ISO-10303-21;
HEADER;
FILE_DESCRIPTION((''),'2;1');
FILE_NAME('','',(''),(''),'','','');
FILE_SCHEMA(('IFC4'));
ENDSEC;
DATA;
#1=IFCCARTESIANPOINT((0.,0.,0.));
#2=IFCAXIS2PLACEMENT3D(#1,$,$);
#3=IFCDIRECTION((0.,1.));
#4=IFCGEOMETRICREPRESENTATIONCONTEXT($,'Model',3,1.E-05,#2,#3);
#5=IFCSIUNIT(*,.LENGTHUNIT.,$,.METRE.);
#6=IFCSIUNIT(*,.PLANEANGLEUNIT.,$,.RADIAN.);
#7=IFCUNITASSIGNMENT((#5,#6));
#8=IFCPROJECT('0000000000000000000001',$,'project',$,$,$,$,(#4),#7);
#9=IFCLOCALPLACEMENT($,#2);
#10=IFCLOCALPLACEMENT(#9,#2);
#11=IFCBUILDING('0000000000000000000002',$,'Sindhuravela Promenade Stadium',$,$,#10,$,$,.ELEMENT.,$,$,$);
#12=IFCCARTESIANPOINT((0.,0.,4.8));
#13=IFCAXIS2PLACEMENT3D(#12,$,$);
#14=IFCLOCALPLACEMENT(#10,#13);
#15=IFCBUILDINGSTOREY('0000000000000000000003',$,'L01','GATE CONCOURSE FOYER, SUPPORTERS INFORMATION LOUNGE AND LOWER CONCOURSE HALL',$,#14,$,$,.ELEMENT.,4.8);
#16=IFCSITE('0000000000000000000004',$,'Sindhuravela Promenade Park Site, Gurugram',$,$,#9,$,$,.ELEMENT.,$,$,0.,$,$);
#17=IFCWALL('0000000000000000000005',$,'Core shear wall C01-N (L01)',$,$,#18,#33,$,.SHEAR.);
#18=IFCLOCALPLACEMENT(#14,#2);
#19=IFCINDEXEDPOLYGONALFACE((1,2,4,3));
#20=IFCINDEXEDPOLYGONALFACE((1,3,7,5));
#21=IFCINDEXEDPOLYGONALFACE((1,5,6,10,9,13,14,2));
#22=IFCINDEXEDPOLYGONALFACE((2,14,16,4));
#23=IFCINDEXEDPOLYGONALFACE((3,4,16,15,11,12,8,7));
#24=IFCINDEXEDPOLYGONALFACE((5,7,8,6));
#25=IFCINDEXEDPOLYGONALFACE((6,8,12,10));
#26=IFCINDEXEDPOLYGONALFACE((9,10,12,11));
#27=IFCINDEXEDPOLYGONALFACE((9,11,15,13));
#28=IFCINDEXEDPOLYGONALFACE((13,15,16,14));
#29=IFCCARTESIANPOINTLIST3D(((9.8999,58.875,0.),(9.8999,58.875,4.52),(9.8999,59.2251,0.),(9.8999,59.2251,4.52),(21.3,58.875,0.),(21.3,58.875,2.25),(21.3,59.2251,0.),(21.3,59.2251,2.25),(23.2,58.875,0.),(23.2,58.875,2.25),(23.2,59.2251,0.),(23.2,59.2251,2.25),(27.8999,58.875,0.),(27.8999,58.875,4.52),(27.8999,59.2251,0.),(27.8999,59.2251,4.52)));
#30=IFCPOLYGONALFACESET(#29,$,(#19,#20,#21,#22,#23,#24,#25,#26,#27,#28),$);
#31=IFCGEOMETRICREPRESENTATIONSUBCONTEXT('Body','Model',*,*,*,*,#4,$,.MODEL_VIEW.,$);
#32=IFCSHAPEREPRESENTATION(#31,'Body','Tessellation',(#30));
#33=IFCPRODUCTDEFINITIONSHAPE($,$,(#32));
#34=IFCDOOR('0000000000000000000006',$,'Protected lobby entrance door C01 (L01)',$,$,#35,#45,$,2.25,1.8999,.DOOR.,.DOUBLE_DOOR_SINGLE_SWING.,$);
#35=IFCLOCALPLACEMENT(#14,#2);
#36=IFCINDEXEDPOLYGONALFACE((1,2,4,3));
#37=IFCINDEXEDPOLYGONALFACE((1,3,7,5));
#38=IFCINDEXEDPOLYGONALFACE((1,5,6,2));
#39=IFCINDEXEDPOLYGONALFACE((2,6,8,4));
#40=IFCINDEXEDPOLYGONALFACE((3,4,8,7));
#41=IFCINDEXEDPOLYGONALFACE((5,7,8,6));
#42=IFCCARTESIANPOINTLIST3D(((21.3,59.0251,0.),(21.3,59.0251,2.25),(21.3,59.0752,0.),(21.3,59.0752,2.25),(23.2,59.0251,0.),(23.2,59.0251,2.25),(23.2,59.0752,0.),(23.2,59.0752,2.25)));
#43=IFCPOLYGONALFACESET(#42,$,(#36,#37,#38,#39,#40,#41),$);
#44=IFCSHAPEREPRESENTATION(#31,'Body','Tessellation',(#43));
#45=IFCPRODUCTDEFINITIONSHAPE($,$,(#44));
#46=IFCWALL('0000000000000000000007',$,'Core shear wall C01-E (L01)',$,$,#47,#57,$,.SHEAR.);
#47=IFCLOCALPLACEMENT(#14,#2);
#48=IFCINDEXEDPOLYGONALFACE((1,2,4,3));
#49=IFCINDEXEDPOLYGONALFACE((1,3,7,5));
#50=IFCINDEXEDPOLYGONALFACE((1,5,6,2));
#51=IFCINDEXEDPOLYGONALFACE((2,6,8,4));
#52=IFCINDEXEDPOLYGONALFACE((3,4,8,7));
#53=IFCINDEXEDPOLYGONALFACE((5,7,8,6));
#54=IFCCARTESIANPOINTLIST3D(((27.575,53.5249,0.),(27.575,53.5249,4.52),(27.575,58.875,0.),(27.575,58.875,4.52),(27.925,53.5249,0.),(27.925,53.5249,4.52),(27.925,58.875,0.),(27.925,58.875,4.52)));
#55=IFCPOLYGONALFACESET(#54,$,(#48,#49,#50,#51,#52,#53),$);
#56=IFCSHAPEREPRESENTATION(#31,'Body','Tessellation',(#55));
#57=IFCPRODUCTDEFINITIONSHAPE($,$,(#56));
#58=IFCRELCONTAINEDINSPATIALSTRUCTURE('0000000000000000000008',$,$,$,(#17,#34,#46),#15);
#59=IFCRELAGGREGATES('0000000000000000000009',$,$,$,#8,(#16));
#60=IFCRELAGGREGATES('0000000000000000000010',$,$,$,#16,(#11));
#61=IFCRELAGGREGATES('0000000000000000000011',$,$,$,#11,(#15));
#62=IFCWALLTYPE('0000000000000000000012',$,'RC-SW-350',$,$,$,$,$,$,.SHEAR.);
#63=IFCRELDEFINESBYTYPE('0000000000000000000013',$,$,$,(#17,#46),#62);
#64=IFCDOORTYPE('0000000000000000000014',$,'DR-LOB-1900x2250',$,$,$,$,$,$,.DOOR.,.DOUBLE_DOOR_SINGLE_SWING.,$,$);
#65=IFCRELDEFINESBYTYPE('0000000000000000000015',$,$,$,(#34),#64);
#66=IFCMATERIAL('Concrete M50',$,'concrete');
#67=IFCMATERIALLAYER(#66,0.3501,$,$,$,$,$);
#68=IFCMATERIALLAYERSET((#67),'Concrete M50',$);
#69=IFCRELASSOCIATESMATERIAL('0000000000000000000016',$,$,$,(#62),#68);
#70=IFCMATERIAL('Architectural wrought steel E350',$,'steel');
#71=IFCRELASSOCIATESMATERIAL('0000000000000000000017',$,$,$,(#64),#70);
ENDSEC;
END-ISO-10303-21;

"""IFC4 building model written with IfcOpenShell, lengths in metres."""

from ifc_helpers import new_model, si_unit, direction, frame, frame_2d, origin, place, context, subcontext, project, spatial, rectangle, extrude, material, layer, layer_set, type_object, element, fill, save


model = new_model("IFC4")

# Units and contexts
model_context = context("Model", 3, precision=1e-05, world=origin(), true_north=direction((0.0, 1.0)))
body_context = subcontext(model_context, "Body", "Model", "MODEL_VIEW")
ifc_project = project(units=[si_unit("LENGTHUNIT", "METRE"), si_unit("PLANEANGLEUNIT", "RADIAN")], contexts=[model_context])

# Site, building, storey
site_placement = place(None, origin())
site = spatial("IfcSite", under=ifc_project, at=site_placement, Name="Sindhuravela Promenade Park Site, Gurugram", CompositionType="ELEMENT", RefElevation=0.0)
building_placement = place(site_placement, origin())
building = spatial("IfcBuilding", under=site, at=building_placement, Name="Sindhuravela Promenade Stadium", CompositionType="ELEMENT")
storey_placement = place(building_placement, frame((0.0, 0.0, 4.8)))
storey = spatial("IfcBuildingStorey", under=building, at=storey_placement, Name="L01", Description="GATE CONCOURSE FOYER, SUPPORTERS INFORMATION LOUNGE AND LOWER CONCOURSE HALL", CompositionType="ELEMENT", Elevation=4.8)

# Shared definitions
ifc_material_1 = material(Name="Concrete M50", Category="concrete")

# Wall, opening, door
ifc_layer_1 = layer(ifc_material_1, 0.3501)
ifc_layer_set_1 = layer_set([ifc_layer_1], Name="Concrete M50")
wall_type_1 = type_object("IfcWallType", Name="RC-SW-350", PredefinedType="SHEAR", material=ifc_layer_set_1)
wall_1_placement = place(storey_placement, frame((27.8999, 59.05, 0.0), z_axis=(0.0, 0.0, 1.0), x_axis=(-1.0, 0.0, 0.0)))
wall_1 = element("IfcWall", 1, at=wall_1_placement, inside=storey, type_object=wall_type_1, Name="Core shear wall C01-N (L01)", PredefinedType="SHEAR", context=body_context, shape_type="SweptSolid", body=[
    extrude(rectangle(XDim=18.0, YDim=0.3501, at=frame_2d((9.0, 0.0))), origin(), (0.0, 0.0, 1.0), 4.52),
])
opening_1_placement = place(wall_1_placement, frame((4.7, 0.0, 0.0)))
opening_1 = element("IfcOpeningElement", 2, at=opening_1_placement, cuts=wall_1, PredefinedType="OPENING", context=body_context, shape_type="SweptSolid", body=[
    extrude(rectangle(XDim=1.8999, YDim=2.25, at=frame_2d((0.95, 1.125))), frame((0.0, 0.1851, 0.0), z_axis=(0.0, -1.0, 0.0), x_axis=(1.0, 0.0, 0.0)), (0.0, 0.0, 1.0), 0.3701),
])
ifc_material_2 = material(Name="Architectural wrought steel E350", Category="steel")
door_type_1 = type_object("IfcDoorType", Name="DR-LOB-1900x2250", OperationType="DOUBLE_DOOR_SINGLE_SWING", PredefinedType="DOOR", material=ifc_material_2)
door_1_placement = place(opening_1_placement, origin())
door_1 = element("IfcDoor", 3, at=door_1_placement, inside=storey, type_object=door_type_1, Name="Protected lobby entrance door C01 (L01)", OperationType="DOUBLE_DOOR_SINGLE_SWING", OverallHeight=2.25, OverallWidth=1.8999, PredefinedType="DOOR", context=body_context, shape_type="SweptSolid", body=[
    extrude(rectangle(XDim=1.8999, YDim=2.25, at=frame_2d((0.95, 1.125))), frame((0.0, 0.0249, 0.0), z_axis=(0.0, -1.0, 0.0), x_axis=(1.0, 0.0, 0.0)), (0.0, 0.0, 1.0), 0.05),
])
fill(opening_1, door_1)

# Wall
wall_2_placement = place(storey_placement, frame((27.75, 53.5249, 0.0), z_axis=(0.0, 0.0, 1.0), x_axis=(0.0, 1.0, 0.0)))
element("IfcWall", 4, at=wall_2_placement, inside=storey, type_object=wall_type_1, Name="Core shear wall C01-E (L01)", PredefinedType="SHEAR", context=body_context, shape_type="SweptSolid", body=[
    extrude(rectangle(XDim=5.3501, YDim=0.3501, at=frame_2d((2.675, 0.0))), origin(), (0.0, 0.0, 1.0), 4.52),
])

save(model, "model.ifc")
